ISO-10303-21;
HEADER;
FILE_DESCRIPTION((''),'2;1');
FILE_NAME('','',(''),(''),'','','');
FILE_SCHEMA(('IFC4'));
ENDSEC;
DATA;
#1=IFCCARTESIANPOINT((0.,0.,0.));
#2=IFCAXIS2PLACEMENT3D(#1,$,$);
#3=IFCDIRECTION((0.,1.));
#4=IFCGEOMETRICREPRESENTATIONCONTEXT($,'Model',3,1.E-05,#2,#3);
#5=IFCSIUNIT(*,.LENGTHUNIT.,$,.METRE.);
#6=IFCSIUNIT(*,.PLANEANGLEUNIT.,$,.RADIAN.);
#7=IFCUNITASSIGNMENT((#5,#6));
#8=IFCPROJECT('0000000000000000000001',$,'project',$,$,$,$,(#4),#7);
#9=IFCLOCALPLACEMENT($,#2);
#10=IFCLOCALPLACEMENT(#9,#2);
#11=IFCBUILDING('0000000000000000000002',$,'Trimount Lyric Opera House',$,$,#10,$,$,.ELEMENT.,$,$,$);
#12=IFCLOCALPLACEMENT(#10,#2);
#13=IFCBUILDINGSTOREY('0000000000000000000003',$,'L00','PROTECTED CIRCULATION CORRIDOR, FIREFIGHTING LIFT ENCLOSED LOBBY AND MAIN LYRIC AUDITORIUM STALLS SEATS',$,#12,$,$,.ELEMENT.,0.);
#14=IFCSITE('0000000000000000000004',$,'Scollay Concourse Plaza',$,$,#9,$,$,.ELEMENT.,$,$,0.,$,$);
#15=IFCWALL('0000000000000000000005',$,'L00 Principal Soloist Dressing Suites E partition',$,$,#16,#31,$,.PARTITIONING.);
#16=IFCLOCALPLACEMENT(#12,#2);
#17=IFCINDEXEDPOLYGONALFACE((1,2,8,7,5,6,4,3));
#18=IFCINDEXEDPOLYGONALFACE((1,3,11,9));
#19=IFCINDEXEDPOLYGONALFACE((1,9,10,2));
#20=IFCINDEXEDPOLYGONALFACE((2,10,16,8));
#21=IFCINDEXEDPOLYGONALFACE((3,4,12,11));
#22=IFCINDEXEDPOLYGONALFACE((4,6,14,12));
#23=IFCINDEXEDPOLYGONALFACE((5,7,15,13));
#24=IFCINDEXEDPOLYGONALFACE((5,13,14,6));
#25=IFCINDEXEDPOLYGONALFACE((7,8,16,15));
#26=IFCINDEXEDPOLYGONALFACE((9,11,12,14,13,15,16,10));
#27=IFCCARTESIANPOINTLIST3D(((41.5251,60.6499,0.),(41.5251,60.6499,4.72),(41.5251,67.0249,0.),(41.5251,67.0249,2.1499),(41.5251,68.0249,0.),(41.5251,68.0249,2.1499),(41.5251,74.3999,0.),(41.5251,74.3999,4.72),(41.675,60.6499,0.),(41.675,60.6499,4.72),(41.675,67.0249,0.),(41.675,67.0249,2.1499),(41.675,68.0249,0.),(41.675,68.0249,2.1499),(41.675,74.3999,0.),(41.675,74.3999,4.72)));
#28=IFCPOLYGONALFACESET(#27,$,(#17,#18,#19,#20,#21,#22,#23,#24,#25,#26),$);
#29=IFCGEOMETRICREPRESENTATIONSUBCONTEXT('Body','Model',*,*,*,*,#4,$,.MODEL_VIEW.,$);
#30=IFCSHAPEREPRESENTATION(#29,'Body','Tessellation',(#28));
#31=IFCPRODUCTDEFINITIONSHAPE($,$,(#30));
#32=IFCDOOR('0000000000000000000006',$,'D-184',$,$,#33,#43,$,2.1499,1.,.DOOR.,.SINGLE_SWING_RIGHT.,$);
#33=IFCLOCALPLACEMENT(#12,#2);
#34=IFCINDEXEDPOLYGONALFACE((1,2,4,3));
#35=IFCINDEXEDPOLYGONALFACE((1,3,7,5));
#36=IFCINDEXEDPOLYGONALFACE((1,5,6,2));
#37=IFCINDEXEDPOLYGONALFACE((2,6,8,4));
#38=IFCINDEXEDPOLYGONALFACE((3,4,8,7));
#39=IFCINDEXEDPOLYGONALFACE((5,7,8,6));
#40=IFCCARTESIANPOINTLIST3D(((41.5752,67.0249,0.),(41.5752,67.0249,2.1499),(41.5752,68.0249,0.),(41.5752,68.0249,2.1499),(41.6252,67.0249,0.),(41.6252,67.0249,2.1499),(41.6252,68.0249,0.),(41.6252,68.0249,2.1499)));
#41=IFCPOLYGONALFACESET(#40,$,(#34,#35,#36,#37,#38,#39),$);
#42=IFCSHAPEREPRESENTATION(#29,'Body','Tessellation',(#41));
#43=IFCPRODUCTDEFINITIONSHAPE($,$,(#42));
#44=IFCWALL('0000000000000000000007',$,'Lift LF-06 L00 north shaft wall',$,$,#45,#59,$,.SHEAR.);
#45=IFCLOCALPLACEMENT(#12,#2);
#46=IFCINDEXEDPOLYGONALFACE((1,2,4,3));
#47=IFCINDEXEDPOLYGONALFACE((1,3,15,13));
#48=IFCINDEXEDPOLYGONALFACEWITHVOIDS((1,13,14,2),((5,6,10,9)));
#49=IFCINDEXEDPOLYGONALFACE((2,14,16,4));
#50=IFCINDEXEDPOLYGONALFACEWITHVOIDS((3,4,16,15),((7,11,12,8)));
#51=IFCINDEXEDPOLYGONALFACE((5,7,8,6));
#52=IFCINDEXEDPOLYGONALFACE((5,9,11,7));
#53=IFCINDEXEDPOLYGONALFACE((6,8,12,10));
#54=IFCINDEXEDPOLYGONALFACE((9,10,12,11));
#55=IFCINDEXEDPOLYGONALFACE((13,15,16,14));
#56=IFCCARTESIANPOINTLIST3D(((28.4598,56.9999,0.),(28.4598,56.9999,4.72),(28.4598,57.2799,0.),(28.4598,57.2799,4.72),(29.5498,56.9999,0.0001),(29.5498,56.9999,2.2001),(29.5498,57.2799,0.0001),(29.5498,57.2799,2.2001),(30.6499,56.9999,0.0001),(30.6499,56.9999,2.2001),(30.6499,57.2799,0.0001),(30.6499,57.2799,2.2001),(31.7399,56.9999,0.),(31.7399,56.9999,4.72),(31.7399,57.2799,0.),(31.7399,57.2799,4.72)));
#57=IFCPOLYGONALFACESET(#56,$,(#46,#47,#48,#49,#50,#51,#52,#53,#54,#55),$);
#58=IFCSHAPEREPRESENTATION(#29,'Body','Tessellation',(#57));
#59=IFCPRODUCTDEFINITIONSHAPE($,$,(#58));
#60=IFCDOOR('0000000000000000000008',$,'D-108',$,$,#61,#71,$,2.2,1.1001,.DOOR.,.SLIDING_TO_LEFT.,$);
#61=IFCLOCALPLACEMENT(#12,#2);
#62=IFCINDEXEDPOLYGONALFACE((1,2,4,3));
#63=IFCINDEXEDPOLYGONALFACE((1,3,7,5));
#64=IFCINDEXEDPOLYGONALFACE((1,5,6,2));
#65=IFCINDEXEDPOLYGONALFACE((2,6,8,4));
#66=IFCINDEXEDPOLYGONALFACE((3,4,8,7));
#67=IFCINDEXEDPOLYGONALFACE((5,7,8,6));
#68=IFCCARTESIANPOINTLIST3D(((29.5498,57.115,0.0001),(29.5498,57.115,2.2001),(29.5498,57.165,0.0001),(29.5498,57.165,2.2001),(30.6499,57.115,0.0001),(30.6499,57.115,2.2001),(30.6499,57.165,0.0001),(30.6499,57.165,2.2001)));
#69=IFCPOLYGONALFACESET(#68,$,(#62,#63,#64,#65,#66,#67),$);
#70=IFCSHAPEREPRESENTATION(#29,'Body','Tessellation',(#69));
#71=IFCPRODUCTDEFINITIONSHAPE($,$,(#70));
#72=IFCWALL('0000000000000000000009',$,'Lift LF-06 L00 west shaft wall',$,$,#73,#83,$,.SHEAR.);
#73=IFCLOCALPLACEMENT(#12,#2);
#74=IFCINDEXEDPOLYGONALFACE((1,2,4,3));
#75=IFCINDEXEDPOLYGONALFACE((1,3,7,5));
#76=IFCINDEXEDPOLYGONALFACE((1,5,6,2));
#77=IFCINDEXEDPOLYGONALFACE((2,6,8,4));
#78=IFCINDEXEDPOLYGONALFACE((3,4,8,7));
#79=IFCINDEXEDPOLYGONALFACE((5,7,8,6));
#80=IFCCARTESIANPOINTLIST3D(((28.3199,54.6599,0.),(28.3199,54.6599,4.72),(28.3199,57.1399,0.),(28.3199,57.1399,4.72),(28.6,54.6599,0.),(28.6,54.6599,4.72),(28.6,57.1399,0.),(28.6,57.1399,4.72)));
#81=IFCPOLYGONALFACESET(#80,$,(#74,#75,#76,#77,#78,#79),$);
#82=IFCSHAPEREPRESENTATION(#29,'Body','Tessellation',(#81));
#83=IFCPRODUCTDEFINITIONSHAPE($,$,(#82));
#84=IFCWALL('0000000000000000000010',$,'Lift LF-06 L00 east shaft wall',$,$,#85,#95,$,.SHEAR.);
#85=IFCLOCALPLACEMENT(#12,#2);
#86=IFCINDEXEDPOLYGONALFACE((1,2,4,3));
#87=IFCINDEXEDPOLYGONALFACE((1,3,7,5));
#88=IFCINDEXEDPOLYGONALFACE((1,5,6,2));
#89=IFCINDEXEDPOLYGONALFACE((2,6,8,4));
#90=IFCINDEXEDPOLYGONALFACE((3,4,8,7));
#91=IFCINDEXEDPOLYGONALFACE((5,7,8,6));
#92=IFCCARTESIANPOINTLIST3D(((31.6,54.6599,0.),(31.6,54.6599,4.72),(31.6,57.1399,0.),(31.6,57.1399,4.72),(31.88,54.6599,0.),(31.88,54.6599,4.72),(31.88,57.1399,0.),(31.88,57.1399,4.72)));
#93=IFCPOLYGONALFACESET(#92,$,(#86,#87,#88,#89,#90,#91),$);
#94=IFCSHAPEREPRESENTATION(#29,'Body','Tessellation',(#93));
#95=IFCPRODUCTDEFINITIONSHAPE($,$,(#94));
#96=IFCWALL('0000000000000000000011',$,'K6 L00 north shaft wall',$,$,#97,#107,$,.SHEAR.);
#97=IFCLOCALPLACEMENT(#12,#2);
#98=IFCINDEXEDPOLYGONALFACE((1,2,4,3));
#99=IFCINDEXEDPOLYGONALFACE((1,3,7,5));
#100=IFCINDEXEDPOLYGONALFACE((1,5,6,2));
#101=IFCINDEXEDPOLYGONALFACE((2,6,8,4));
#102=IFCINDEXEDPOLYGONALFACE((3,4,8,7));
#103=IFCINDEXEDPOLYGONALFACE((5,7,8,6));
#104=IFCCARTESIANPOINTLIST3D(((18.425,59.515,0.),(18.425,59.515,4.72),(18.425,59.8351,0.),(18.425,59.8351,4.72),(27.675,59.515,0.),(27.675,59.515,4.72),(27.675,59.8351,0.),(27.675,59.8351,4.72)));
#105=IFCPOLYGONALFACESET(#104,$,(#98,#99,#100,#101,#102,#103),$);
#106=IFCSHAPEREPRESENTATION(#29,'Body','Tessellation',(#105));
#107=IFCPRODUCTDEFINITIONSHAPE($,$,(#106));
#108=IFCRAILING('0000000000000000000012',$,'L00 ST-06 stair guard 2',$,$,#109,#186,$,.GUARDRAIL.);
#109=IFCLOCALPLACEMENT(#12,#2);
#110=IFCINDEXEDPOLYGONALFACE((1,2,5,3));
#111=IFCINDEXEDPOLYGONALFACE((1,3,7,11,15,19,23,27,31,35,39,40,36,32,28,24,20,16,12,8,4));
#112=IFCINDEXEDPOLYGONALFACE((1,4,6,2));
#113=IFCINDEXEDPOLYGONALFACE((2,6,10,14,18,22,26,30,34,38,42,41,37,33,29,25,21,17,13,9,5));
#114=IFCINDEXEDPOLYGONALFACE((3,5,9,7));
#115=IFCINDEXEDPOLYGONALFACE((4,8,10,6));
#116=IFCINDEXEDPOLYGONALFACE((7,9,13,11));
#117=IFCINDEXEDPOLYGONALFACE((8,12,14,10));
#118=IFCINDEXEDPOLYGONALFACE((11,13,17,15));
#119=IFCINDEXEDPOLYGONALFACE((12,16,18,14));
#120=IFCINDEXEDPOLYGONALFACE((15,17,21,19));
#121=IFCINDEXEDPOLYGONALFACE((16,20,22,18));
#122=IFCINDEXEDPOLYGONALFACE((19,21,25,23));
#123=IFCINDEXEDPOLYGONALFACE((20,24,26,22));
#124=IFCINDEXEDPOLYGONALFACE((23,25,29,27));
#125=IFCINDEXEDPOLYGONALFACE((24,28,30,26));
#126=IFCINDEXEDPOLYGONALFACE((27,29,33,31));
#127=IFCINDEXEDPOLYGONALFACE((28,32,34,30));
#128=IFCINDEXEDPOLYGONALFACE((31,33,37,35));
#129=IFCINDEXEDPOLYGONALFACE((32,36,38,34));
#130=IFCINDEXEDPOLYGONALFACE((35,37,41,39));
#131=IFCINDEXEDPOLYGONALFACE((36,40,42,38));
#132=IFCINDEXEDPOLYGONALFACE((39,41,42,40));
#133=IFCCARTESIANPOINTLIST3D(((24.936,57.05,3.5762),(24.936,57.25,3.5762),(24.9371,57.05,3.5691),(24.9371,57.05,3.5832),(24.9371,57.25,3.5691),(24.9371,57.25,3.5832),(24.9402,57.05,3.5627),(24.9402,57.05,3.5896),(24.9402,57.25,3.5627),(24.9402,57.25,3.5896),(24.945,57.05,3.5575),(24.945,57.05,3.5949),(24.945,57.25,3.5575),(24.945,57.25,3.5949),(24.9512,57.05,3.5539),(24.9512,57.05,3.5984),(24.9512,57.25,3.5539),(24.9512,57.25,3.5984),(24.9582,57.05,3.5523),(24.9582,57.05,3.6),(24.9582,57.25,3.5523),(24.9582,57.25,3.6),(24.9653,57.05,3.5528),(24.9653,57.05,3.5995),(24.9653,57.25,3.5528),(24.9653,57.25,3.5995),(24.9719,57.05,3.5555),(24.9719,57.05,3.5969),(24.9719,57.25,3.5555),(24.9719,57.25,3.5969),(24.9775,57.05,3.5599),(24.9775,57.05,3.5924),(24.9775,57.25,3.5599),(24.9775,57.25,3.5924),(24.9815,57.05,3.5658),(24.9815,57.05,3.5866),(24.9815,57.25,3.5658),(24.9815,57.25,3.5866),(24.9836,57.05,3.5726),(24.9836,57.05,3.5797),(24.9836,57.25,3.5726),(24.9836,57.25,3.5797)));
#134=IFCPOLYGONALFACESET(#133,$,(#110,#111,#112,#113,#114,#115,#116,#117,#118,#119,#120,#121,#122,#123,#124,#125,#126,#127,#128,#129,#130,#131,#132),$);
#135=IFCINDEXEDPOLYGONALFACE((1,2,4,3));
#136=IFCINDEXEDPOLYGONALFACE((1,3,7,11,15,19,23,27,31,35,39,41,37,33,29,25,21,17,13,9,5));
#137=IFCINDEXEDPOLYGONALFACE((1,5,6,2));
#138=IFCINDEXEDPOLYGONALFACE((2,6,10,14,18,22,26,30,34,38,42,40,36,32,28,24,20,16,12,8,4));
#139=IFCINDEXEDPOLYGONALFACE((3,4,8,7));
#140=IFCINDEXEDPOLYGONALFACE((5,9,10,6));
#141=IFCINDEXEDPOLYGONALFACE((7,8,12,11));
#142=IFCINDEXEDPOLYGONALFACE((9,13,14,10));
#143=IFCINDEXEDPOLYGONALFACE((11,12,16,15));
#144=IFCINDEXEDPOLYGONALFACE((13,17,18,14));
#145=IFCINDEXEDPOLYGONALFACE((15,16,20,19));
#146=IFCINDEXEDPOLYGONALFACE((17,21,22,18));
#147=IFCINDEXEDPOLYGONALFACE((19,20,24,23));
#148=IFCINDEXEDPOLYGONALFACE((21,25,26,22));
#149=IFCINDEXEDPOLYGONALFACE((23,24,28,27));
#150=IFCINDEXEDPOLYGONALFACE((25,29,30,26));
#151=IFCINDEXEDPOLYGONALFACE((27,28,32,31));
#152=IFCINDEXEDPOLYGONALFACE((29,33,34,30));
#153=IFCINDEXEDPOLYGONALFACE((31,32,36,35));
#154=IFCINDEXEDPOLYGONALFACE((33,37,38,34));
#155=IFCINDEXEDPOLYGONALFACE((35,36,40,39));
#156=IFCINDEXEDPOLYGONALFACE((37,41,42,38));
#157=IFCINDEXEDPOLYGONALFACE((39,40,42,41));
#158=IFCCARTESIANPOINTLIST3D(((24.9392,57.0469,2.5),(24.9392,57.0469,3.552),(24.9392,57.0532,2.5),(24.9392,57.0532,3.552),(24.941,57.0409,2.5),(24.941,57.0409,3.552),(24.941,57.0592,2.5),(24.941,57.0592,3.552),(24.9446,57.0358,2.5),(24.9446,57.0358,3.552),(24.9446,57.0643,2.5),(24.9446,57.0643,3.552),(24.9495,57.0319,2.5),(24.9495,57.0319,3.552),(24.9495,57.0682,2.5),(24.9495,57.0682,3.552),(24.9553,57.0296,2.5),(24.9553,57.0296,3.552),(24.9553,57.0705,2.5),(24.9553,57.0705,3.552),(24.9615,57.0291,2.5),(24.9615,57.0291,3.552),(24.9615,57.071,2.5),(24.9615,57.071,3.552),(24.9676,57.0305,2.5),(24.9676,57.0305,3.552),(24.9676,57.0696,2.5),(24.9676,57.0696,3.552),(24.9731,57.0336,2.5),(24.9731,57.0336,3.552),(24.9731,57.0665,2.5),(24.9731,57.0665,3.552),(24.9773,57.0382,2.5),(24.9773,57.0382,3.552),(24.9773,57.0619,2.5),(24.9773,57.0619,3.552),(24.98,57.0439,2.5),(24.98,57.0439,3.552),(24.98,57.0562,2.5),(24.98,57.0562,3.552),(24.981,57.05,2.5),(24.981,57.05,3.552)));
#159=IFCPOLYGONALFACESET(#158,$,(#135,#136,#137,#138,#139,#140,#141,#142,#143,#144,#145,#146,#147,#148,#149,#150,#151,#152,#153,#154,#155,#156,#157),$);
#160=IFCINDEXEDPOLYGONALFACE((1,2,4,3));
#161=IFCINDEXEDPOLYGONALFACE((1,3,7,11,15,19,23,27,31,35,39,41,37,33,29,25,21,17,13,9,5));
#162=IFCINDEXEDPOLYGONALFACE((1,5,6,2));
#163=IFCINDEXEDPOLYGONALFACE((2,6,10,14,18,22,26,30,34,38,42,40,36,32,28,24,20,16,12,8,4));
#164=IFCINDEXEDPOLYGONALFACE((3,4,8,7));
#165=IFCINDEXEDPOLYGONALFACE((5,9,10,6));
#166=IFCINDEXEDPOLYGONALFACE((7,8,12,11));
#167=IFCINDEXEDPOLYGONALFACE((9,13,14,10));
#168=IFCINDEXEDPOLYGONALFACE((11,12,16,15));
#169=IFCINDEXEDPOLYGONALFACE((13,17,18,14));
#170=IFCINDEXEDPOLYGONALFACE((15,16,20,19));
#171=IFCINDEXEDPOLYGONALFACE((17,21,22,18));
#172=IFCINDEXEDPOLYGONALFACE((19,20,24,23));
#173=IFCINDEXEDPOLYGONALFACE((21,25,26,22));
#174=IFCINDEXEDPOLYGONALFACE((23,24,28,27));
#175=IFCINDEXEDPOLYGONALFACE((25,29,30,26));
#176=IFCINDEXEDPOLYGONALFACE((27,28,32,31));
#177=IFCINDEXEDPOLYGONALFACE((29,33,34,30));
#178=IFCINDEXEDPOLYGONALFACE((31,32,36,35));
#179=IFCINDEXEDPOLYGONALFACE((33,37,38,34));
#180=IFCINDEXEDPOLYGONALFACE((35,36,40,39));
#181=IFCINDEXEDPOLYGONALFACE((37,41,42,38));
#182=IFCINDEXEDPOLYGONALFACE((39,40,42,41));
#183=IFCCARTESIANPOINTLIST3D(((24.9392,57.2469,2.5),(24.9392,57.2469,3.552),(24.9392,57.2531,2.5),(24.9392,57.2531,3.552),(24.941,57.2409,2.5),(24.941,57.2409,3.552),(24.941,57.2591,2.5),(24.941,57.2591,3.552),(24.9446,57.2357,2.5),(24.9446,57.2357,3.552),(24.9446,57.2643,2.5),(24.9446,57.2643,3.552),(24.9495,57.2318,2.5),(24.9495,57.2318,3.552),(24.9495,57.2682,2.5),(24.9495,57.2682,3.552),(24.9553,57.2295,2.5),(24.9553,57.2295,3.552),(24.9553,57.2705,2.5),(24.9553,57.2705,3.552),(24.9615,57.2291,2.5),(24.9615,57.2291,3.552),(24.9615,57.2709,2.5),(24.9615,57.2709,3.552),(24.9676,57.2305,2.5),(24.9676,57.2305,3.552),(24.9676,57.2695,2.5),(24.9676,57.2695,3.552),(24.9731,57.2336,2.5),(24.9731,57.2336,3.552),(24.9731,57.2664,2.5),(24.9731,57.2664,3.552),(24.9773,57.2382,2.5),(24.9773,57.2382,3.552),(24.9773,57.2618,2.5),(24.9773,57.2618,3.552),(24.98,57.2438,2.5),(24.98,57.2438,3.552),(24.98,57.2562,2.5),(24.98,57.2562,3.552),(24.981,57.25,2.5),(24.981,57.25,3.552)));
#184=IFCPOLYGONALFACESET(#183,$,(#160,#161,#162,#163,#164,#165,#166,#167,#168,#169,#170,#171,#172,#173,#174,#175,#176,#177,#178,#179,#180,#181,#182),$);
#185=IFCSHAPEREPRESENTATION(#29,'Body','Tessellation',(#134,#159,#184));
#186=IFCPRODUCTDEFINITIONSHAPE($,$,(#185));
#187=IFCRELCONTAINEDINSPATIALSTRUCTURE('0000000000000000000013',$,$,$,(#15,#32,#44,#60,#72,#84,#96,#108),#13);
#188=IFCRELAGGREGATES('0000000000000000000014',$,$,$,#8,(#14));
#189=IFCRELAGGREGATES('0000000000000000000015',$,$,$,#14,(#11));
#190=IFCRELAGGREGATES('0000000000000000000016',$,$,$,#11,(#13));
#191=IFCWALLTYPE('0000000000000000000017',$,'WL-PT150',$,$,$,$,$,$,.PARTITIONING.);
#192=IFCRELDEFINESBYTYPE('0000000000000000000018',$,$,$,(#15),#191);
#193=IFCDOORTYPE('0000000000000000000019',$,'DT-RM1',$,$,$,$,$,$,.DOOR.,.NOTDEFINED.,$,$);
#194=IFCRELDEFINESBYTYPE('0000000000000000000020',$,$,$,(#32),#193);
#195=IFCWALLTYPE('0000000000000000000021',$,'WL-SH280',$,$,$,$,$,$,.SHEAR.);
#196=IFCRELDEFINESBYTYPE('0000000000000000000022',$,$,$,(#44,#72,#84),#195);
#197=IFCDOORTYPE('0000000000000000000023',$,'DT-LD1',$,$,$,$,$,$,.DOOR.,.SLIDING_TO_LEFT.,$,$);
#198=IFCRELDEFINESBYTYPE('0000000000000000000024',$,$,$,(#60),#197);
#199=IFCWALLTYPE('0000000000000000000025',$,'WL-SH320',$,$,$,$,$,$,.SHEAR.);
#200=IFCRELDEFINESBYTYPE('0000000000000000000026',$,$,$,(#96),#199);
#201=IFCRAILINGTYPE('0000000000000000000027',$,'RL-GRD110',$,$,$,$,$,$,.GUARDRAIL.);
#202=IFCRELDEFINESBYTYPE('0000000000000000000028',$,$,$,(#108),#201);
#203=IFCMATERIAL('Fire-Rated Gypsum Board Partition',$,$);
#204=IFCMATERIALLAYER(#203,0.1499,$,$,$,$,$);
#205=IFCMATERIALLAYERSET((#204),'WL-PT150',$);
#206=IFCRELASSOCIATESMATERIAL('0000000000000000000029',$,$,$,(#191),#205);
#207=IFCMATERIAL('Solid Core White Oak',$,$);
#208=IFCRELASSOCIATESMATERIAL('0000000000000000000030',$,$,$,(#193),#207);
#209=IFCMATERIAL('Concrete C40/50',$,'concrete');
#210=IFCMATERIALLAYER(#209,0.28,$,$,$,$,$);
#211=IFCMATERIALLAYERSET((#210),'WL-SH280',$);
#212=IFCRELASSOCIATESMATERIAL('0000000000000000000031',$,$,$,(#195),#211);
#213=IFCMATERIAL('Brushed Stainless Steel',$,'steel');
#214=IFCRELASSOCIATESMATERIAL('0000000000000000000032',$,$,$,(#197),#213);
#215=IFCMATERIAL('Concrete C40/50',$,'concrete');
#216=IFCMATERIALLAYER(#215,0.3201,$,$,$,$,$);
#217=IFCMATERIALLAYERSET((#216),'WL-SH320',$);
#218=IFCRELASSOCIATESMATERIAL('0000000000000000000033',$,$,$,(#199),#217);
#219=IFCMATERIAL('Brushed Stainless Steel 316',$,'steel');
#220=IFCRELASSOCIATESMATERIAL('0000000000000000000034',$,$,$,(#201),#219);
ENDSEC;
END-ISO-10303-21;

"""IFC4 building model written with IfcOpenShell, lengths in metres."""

from ifc_helpers import new_model, si_unit, direction, frame, frame_2d, origin, origin_2d, place, context, subcontext, project, spatial, rectangle, circle, extrude, material, layer, layer_set, type_object, element, fill, save


model = new_model("IFC4")

# Units and contexts
model_context = context("Model", 3, precision=1e-05, world=origin(), true_north=direction((0.0, 1.0)))
body_context = subcontext(model_context, "Body", "Model", "MODEL_VIEW")
ifc_project = project(units=[si_unit("LENGTHUNIT", "METRE"), si_unit("PLANEANGLEUNIT", "RADIAN")], contexts=[model_context])

# Site, building, storey
site_placement = place(None, origin())
site = spatial("IfcSite", under=ifc_project, at=site_placement, Name="Scollay Concourse Plaza", CompositionType="ELEMENT", RefElevation=0.0)
building_placement = place(site_placement, origin())
building = spatial("IfcBuilding", under=site, at=building_placement, Name="Trimount Lyric Opera House", CompositionType="ELEMENT")
storey_placement = place(building_placement, origin())
storey = spatial("IfcBuildingStorey", under=building, at=storey_placement, Name="L00", Description="PROTECTED CIRCULATION CORRIDOR, FIREFIGHTING LIFT ENCLOSED LOBBY AND MAIN LYRIC AUDITORIUM STALLS SEATS", CompositionType="ELEMENT", Elevation=0.0)

# Walls, openings, doors
ifc_material_1 = material(Name="Fire-Rated Gypsum Board Partition")
ifc_layer_1 = layer(ifc_material_1, 0.1499)
ifc_layer_set_1 = layer_set([ifc_layer_1], Name="WL-PT150")
wall_type_1 = type_object("IfcWallType", Name="WL-PT150", PredefinedType="PARTITIONING", material=ifc_layer_set_1)
wall_1_placement = place(storey_placement, frame((41.6001, 60.6499, 0.0), z_axis=(0.0, 0.0, 1.0), x_axis=(0.0, 1.0, 0.0)))
wall_1 = element("IfcWall", 1, at=wall_1_placement, inside=storey, type_object=wall_type_1, Name="L00 Principal Soloist Dressing Suites E partition", PredefinedType="PARTITIONING", context=body_context, shape_type="SweptSolid", body=[
    extrude(rectangle(XDim=13.75, YDim=0.1499, at=frame_2d((6.875, 0.0))), origin(), (0.0, 0.0, 1.0), 4.72),
])
opening_1_placement = place(wall_1_placement, frame((6.375, 0.0, 0.0)))
opening_1 = element("IfcOpeningElement", 2, at=opening_1_placement, cuts=wall_1, PredefinedType="OPENING", context=body_context, shape_type="SweptSolid", body=[
    extrude(rectangle(XDim=1.0, YDim=2.1499, at=frame_2d((0.5, 1.075))), frame((0.0, 0.085, 0.0), z_axis=(0.0, -1.0, 0.0), x_axis=(1.0, 0.0, 0.0)), (0.0, 0.0, 1.0), 0.1699),
])
ifc_material_2 = material(Name="Solid Core White Oak")
door_type_1 = type_object("IfcDoorType", Name="DT-RM1", OperationType="NOTDEFINED", PredefinedType="DOOR", material=ifc_material_2)
door_1_placement = place(opening_1_placement, origin())
door_1 = element("IfcDoor", 3, at=door_1_placement, inside=storey, type_object=door_type_1, Name="D-184", OperationType="SINGLE_SWING_RIGHT", OverallHeight=2.1499, OverallWidth=1.0, PredefinedType="DOOR", context=body_context, shape_type="SweptSolid", body=[
    extrude(rectangle(XDim=1.0, YDim=2.1499, at=frame_2d((0.5, 1.075))), frame((0.0, 0.0249, 0.0), z_axis=(0.0, -1.0, 0.0), x_axis=(1.0, 0.0, 0.0)), (0.0, 0.0, 1.0), 0.05),
])
fill(opening_1, door_1)
ifc_material_3 = material(Name="Concrete C40/50", Category="concrete")
ifc_layer_2 = layer(ifc_material_3, 0.28)
ifc_layer_set_2 = layer_set([ifc_layer_2], Name="WL-SH280")
wall_type_2 = type_object("IfcWallType", Name="WL-SH280", PredefinedType="SHEAR", material=ifc_layer_set_2)
wall_2_placement = place(storey_placement, frame((31.74, 57.1399, 0.0), z_axis=(0.0, 0.0, 1.0), x_axis=(-1.0, 0.0, 0.0)))
wall_2 = element("IfcWall", 4, at=wall_2_placement, inside=storey, type_object=wall_type_2, Name="Lift LF-06 L00 north shaft wall", PredefinedType="SHEAR", context=body_context, shape_type="SweptSolid", body=[
    extrude(rectangle(XDim=3.28, YDim=0.28, at=frame_2d((1.6401, 0.0))), origin(), (0.0, 0.0, 1.0), 4.72),
])
opening_2_placement = place(wall_2_placement, frame((1.0901, 0.0, 0.0)))
opening_2 = element("IfcOpeningElement", 5, at=opening_2_placement, cuts=wall_2, PredefinedType="OPENING", context=body_context, shape_type="SweptSolid", body=[
    extrude(rectangle(XDim=1.1001, YDim=2.2, at=frame_2d((0.55, 1.1001))), frame((0.0, 0.1499, 0.0), z_axis=(0.0, -1.0, 0.0), x_axis=(1.0, 0.0, 0.0)), (0.0, 0.0, 1.0), 0.3),
])
ifc_material_4 = material(Name="Brushed Stainless Steel", Category="steel")
door_type_2 = type_object("IfcDoorType", Name="DT-LD1", OperationType="SLIDING_TO_LEFT", PredefinedType="DOOR", material=ifc_material_4)
door_2_placement = place(opening_2_placement, origin())
door_2 = element("IfcDoor", 6, at=door_2_placement, inside=storey, type_object=door_type_2, Name="D-108", OperationType="SLIDING_TO_LEFT", OverallHeight=2.2, OverallWidth=1.1001, PredefinedType="DOOR", context=body_context, shape_type="SweptSolid", body=[
    extrude(rectangle(XDim=1.1001, YDim=2.2, at=frame_2d((0.55, 1.1001))), frame((0.0, 0.0249, 0.0), z_axis=(0.0, -1.0, 0.0), x_axis=(1.0, 0.0, 0.0)), (0.0, 0.0, 1.0), 0.05),
])
fill(opening_2, door_2)

# Walls
for number, where, z_axis, x_axis, name in (
    (7, (28.46, 57.1399, 0.0), (0.0, 0.0, 1.0), (0.0, -1.0, 0.0), "Lift LF-06 L00 west shaft wall"),
    (8, (31.74, 54.6599, 0.0), (0.0, 0.0, 1.0), (0.0, 1.0, 0.0), "Lift LF-06 L00 east shaft wall"),
):
    element("IfcWall", number, at=place(storey_placement, frame(where, z_axis=z_axis, x_axis=x_axis)), inside=storey, type_object=wall_type_2, Name=name, PredefinedType="SHEAR", context=body_context, shape_type="SweptSolid", body=[
        extrude(rectangle(XDim=2.48, YDim=0.28, at=frame_2d((1.24, 0.0))), origin(), (0.0, 0.0, 1.0), 4.72),
    ])
ifc_material_5 = material(Name="Concrete C40/50", Category="concrete")
ifc_layer_3 = layer(ifc_material_5, 0.3201)
ifc_layer_set_3 = layer_set([ifc_layer_3], Name="WL-SH320")
wall_type_3 = type_object("IfcWallType", Name="WL-SH320", PredefinedType="SHEAR", material=ifc_layer_set_3)
wall_3_placement = place(storey_placement, frame((27.675, 59.675, 0.0), z_axis=(0.0, 0.0, 1.0), x_axis=(-1.0, 0.0, 0.0)))
element("IfcWall", 9, at=wall_3_placement, inside=storey, type_object=wall_type_3, Name="K6 L00 north shaft wall", PredefinedType="SHEAR", context=body_context, shape_type="SweptSolid", body=[
    extrude(rectangle(XDim=9.25, YDim=0.3201, at=frame_2d((4.625, 0.0))), origin(), (0.0, 0.0, 1.0), 4.72),
])

# Railing
ifc_material_6 = material(Name="Brushed Stainless Steel 316", Category="steel")
railing_type_1 = type_object("IfcRailingType", Name="RL-GRD110", PredefinedType="GUARDRAIL", material=ifc_material_6)
railing_1_placement = place(storey_placement, frame((24.96, 57.05, 2.5)))
element("IfcRailing", 10, at=railing_1_placement, inside=storey, type_object=railing_type_1, Name="L00 ST-06 stair guard 2", PredefinedType="GUARDRAIL", context=body_context, shape_type="SweptSolid", body=[
    extrude(circle(Radius=0.0239, at=origin_2d()), frame((0.0, 0.0, 1.0762), z_axis=(0.0, 1.0, 0.0), x_axis=(-1.0, 0.0, 0.0)), (0.0, 0.0, 1.0), 0.2),
    extrude(circle(Radius=0.021, at=origin_2d()), origin(), (0.0, 0.0, 1.0), 1.052),
    extrude(circle(Radius=0.021, at=origin_2d()), frame((0.0, 0.2, 0.0)), (0.0, 0.0, 1.0), 1.052),
])

save(model, "model.ifc")
